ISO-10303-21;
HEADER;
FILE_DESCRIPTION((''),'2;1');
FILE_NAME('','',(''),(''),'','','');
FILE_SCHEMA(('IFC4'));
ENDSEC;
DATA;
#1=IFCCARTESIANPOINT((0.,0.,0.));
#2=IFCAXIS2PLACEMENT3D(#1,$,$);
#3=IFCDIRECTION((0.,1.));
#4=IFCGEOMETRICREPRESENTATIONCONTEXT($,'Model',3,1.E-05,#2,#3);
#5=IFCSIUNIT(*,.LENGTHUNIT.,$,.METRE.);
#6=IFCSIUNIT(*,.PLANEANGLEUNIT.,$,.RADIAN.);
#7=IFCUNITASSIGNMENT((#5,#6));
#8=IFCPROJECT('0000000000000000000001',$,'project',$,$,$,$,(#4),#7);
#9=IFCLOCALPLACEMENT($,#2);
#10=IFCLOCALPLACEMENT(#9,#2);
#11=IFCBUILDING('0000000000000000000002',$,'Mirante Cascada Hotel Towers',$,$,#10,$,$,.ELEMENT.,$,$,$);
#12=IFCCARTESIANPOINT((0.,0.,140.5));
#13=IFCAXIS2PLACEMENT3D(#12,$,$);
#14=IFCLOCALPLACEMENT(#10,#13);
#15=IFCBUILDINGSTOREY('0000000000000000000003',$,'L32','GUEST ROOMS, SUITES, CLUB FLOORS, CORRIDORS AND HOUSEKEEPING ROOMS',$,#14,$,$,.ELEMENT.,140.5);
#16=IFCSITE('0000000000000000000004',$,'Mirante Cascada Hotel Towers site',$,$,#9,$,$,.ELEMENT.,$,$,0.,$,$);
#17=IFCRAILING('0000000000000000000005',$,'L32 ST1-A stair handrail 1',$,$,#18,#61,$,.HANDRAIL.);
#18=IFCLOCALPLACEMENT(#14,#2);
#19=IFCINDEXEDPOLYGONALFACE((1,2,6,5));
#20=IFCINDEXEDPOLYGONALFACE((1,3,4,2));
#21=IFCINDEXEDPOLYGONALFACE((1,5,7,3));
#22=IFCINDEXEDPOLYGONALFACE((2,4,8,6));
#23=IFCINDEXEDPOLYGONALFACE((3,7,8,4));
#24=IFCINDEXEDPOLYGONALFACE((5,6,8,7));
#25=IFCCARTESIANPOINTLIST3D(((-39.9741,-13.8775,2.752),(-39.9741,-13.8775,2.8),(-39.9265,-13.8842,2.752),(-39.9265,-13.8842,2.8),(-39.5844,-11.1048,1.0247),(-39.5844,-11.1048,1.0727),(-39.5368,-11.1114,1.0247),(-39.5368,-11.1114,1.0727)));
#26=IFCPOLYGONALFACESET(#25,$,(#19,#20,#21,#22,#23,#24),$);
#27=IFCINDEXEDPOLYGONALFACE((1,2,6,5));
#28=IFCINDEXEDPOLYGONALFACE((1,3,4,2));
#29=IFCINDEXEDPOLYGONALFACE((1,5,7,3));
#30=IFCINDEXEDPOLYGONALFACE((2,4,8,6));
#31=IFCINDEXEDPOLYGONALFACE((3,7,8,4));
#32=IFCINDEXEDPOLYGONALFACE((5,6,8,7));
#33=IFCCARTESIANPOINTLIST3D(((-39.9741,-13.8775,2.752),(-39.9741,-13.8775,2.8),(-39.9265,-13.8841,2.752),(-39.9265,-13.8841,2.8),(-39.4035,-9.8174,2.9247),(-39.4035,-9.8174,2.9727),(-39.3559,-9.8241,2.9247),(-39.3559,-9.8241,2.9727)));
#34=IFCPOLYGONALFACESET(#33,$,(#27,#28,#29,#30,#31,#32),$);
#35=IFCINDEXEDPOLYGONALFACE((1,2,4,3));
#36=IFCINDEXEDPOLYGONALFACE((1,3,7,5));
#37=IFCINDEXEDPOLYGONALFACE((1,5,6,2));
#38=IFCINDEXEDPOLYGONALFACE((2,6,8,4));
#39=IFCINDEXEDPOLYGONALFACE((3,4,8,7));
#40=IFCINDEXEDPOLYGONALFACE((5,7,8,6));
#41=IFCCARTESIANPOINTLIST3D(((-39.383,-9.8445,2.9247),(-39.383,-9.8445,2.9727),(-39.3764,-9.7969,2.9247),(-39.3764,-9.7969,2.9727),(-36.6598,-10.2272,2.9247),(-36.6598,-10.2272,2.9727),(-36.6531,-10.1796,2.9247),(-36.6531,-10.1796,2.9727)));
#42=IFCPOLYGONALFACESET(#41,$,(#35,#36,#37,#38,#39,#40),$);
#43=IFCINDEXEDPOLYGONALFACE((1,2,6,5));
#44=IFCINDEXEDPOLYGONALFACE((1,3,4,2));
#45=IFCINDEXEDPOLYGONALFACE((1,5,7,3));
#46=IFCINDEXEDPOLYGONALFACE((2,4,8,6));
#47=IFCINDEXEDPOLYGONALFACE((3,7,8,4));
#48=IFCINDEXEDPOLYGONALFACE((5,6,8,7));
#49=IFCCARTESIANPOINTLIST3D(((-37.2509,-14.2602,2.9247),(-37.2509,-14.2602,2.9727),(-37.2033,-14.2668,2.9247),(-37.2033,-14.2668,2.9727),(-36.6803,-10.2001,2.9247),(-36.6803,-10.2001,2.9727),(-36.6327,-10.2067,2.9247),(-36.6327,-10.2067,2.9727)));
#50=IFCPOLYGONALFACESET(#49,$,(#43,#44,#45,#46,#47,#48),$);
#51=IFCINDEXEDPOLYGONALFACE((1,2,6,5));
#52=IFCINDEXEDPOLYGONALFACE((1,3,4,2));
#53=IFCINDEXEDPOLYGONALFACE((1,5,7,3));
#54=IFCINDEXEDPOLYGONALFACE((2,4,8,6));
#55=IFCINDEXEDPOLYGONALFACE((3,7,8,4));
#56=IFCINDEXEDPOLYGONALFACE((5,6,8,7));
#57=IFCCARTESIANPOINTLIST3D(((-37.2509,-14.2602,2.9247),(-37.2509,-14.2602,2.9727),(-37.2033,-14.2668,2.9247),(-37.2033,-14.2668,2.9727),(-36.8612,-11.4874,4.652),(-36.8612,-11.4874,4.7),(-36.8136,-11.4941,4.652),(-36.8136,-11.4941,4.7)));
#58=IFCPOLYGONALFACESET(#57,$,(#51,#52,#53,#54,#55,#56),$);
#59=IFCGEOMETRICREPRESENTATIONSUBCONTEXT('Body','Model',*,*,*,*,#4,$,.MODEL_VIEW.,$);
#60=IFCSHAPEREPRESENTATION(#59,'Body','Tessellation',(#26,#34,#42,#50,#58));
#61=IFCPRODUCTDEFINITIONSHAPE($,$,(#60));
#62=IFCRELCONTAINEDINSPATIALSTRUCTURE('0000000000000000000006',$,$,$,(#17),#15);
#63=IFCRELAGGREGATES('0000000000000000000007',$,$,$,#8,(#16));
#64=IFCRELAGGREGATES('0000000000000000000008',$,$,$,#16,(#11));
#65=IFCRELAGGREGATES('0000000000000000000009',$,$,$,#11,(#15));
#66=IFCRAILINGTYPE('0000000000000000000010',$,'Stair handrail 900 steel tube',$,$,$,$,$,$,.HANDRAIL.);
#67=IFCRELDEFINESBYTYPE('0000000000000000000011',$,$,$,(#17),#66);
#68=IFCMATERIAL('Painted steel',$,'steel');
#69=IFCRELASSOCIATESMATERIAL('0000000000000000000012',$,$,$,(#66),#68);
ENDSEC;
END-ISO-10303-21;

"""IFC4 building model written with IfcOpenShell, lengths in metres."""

from ifc_helpers import new_model, si_unit, direction, frame, origin, origin_2d, place, context, subcontext, project, spatial, rectangle, extrude, material, type_object, element, save


model = new_model("IFC4")

# Units and contexts
model_context = context("Model", 3, precision=1e-05, world=origin(), true_north=direction((0.0, 1.0)))
body_context = subcontext(model_context, "Body", "Model", "MODEL_VIEW")
ifc_project = project(units=[si_unit("LENGTHUNIT", "METRE"), si_unit("PLANEANGLEUNIT", "RADIAN")], contexts=[model_context])

# Site, building, storey
site_placement = place(None, origin())
site = spatial("IfcSite", under=ifc_project, at=site_placement, Name="Mirante Cascada Hotel Towers site", CompositionType="ELEMENT", RefElevation=0.0)
building_placement = place(site_placement, origin())
building = spatial("IfcBuilding", under=site, at=building_placement, Name="Mirante Cascada Hotel Towers", CompositionType="ELEMENT")
storey_placement = place(building_placement, frame((0.0, 0.0, 140.5)))
storey = spatial("IfcBuildingStorey", under=building, at=storey_placement, Name="L32", Description="GUEST ROOMS, SUITES, CLUB FLOORS, CORRIDORS AND HOUSEKEEPING ROOMS", CompositionType="ELEMENT", Elevation=140.5)

# Railing
ifc_material_1 = material(Name="Painted steel", Category="steel")
railing_type_1 = type_object("IfcRailingType", Name="Stair handrail 900 steel tube", PredefinedType="HANDRAIL", material=ifc_material_1)
railing_1_placement = place(storey_placement, frame((-39.5606, -11.1081, 0.1727)))
element("IfcRailing", 1, at=railing_1_placement, inside=storey, type_object=railing_type_1, Name="L32 ST1-A stair handrail 1", PredefinedType="HANDRAIL", context=body_context, shape_type="SweptSolid", body=[
    extrude(rectangle(XDim=0.048, YDim=0.048, at=origin_2d()), frame((0.0, 0.0, 0.876), z_axis=(-0.139181, -0.990267, 0.0), x_axis=(0.990267, -0.139181, 0.0)), (0.0, 0.525035, 0.851081), 3.2899),
    extrude(rectangle(XDim=0.048, YDim=0.048, at=origin_2d()), frame((-0.3897, -2.7727, 2.6033), z_axis=(0.139171, 0.990268, 0.0), x_axis=(-0.990268, 0.139171, 0.0)), (0.0, 0.042085, 0.999114), 4.1036),
    extrude(rectangle(XDim=0.048, YDim=0.048, at=origin_2d()), frame((0.1809, 1.2874, 2.776), z_axis=(0.990269, -0.139166, 0.0), x_axis=(0.139166, 0.990269, 0.0)), (0.0, 0.0, 1.0), 2.75),
    extrude(rectangle(XDim=0.048, YDim=0.048, at=origin_2d()), frame((2.9041, 0.9047, 2.776), z_axis=(-0.139171, -0.990268, 0.0), x_axis=(0.990268, -0.139171, 0.0)), (0.0, 0.0, 1.0), 4.1),
    extrude(rectangle(XDim=0.048, YDim=0.048, at=origin_2d()), frame((2.3335, -3.1554, 2.776), z_axis=(0.139181, 0.990267, 0.0), x_axis=(-0.990267, 0.139181, 0.0)), (0.0, 0.525035, 0.851081), 3.2899),
])

save(model, "model.ifc")
